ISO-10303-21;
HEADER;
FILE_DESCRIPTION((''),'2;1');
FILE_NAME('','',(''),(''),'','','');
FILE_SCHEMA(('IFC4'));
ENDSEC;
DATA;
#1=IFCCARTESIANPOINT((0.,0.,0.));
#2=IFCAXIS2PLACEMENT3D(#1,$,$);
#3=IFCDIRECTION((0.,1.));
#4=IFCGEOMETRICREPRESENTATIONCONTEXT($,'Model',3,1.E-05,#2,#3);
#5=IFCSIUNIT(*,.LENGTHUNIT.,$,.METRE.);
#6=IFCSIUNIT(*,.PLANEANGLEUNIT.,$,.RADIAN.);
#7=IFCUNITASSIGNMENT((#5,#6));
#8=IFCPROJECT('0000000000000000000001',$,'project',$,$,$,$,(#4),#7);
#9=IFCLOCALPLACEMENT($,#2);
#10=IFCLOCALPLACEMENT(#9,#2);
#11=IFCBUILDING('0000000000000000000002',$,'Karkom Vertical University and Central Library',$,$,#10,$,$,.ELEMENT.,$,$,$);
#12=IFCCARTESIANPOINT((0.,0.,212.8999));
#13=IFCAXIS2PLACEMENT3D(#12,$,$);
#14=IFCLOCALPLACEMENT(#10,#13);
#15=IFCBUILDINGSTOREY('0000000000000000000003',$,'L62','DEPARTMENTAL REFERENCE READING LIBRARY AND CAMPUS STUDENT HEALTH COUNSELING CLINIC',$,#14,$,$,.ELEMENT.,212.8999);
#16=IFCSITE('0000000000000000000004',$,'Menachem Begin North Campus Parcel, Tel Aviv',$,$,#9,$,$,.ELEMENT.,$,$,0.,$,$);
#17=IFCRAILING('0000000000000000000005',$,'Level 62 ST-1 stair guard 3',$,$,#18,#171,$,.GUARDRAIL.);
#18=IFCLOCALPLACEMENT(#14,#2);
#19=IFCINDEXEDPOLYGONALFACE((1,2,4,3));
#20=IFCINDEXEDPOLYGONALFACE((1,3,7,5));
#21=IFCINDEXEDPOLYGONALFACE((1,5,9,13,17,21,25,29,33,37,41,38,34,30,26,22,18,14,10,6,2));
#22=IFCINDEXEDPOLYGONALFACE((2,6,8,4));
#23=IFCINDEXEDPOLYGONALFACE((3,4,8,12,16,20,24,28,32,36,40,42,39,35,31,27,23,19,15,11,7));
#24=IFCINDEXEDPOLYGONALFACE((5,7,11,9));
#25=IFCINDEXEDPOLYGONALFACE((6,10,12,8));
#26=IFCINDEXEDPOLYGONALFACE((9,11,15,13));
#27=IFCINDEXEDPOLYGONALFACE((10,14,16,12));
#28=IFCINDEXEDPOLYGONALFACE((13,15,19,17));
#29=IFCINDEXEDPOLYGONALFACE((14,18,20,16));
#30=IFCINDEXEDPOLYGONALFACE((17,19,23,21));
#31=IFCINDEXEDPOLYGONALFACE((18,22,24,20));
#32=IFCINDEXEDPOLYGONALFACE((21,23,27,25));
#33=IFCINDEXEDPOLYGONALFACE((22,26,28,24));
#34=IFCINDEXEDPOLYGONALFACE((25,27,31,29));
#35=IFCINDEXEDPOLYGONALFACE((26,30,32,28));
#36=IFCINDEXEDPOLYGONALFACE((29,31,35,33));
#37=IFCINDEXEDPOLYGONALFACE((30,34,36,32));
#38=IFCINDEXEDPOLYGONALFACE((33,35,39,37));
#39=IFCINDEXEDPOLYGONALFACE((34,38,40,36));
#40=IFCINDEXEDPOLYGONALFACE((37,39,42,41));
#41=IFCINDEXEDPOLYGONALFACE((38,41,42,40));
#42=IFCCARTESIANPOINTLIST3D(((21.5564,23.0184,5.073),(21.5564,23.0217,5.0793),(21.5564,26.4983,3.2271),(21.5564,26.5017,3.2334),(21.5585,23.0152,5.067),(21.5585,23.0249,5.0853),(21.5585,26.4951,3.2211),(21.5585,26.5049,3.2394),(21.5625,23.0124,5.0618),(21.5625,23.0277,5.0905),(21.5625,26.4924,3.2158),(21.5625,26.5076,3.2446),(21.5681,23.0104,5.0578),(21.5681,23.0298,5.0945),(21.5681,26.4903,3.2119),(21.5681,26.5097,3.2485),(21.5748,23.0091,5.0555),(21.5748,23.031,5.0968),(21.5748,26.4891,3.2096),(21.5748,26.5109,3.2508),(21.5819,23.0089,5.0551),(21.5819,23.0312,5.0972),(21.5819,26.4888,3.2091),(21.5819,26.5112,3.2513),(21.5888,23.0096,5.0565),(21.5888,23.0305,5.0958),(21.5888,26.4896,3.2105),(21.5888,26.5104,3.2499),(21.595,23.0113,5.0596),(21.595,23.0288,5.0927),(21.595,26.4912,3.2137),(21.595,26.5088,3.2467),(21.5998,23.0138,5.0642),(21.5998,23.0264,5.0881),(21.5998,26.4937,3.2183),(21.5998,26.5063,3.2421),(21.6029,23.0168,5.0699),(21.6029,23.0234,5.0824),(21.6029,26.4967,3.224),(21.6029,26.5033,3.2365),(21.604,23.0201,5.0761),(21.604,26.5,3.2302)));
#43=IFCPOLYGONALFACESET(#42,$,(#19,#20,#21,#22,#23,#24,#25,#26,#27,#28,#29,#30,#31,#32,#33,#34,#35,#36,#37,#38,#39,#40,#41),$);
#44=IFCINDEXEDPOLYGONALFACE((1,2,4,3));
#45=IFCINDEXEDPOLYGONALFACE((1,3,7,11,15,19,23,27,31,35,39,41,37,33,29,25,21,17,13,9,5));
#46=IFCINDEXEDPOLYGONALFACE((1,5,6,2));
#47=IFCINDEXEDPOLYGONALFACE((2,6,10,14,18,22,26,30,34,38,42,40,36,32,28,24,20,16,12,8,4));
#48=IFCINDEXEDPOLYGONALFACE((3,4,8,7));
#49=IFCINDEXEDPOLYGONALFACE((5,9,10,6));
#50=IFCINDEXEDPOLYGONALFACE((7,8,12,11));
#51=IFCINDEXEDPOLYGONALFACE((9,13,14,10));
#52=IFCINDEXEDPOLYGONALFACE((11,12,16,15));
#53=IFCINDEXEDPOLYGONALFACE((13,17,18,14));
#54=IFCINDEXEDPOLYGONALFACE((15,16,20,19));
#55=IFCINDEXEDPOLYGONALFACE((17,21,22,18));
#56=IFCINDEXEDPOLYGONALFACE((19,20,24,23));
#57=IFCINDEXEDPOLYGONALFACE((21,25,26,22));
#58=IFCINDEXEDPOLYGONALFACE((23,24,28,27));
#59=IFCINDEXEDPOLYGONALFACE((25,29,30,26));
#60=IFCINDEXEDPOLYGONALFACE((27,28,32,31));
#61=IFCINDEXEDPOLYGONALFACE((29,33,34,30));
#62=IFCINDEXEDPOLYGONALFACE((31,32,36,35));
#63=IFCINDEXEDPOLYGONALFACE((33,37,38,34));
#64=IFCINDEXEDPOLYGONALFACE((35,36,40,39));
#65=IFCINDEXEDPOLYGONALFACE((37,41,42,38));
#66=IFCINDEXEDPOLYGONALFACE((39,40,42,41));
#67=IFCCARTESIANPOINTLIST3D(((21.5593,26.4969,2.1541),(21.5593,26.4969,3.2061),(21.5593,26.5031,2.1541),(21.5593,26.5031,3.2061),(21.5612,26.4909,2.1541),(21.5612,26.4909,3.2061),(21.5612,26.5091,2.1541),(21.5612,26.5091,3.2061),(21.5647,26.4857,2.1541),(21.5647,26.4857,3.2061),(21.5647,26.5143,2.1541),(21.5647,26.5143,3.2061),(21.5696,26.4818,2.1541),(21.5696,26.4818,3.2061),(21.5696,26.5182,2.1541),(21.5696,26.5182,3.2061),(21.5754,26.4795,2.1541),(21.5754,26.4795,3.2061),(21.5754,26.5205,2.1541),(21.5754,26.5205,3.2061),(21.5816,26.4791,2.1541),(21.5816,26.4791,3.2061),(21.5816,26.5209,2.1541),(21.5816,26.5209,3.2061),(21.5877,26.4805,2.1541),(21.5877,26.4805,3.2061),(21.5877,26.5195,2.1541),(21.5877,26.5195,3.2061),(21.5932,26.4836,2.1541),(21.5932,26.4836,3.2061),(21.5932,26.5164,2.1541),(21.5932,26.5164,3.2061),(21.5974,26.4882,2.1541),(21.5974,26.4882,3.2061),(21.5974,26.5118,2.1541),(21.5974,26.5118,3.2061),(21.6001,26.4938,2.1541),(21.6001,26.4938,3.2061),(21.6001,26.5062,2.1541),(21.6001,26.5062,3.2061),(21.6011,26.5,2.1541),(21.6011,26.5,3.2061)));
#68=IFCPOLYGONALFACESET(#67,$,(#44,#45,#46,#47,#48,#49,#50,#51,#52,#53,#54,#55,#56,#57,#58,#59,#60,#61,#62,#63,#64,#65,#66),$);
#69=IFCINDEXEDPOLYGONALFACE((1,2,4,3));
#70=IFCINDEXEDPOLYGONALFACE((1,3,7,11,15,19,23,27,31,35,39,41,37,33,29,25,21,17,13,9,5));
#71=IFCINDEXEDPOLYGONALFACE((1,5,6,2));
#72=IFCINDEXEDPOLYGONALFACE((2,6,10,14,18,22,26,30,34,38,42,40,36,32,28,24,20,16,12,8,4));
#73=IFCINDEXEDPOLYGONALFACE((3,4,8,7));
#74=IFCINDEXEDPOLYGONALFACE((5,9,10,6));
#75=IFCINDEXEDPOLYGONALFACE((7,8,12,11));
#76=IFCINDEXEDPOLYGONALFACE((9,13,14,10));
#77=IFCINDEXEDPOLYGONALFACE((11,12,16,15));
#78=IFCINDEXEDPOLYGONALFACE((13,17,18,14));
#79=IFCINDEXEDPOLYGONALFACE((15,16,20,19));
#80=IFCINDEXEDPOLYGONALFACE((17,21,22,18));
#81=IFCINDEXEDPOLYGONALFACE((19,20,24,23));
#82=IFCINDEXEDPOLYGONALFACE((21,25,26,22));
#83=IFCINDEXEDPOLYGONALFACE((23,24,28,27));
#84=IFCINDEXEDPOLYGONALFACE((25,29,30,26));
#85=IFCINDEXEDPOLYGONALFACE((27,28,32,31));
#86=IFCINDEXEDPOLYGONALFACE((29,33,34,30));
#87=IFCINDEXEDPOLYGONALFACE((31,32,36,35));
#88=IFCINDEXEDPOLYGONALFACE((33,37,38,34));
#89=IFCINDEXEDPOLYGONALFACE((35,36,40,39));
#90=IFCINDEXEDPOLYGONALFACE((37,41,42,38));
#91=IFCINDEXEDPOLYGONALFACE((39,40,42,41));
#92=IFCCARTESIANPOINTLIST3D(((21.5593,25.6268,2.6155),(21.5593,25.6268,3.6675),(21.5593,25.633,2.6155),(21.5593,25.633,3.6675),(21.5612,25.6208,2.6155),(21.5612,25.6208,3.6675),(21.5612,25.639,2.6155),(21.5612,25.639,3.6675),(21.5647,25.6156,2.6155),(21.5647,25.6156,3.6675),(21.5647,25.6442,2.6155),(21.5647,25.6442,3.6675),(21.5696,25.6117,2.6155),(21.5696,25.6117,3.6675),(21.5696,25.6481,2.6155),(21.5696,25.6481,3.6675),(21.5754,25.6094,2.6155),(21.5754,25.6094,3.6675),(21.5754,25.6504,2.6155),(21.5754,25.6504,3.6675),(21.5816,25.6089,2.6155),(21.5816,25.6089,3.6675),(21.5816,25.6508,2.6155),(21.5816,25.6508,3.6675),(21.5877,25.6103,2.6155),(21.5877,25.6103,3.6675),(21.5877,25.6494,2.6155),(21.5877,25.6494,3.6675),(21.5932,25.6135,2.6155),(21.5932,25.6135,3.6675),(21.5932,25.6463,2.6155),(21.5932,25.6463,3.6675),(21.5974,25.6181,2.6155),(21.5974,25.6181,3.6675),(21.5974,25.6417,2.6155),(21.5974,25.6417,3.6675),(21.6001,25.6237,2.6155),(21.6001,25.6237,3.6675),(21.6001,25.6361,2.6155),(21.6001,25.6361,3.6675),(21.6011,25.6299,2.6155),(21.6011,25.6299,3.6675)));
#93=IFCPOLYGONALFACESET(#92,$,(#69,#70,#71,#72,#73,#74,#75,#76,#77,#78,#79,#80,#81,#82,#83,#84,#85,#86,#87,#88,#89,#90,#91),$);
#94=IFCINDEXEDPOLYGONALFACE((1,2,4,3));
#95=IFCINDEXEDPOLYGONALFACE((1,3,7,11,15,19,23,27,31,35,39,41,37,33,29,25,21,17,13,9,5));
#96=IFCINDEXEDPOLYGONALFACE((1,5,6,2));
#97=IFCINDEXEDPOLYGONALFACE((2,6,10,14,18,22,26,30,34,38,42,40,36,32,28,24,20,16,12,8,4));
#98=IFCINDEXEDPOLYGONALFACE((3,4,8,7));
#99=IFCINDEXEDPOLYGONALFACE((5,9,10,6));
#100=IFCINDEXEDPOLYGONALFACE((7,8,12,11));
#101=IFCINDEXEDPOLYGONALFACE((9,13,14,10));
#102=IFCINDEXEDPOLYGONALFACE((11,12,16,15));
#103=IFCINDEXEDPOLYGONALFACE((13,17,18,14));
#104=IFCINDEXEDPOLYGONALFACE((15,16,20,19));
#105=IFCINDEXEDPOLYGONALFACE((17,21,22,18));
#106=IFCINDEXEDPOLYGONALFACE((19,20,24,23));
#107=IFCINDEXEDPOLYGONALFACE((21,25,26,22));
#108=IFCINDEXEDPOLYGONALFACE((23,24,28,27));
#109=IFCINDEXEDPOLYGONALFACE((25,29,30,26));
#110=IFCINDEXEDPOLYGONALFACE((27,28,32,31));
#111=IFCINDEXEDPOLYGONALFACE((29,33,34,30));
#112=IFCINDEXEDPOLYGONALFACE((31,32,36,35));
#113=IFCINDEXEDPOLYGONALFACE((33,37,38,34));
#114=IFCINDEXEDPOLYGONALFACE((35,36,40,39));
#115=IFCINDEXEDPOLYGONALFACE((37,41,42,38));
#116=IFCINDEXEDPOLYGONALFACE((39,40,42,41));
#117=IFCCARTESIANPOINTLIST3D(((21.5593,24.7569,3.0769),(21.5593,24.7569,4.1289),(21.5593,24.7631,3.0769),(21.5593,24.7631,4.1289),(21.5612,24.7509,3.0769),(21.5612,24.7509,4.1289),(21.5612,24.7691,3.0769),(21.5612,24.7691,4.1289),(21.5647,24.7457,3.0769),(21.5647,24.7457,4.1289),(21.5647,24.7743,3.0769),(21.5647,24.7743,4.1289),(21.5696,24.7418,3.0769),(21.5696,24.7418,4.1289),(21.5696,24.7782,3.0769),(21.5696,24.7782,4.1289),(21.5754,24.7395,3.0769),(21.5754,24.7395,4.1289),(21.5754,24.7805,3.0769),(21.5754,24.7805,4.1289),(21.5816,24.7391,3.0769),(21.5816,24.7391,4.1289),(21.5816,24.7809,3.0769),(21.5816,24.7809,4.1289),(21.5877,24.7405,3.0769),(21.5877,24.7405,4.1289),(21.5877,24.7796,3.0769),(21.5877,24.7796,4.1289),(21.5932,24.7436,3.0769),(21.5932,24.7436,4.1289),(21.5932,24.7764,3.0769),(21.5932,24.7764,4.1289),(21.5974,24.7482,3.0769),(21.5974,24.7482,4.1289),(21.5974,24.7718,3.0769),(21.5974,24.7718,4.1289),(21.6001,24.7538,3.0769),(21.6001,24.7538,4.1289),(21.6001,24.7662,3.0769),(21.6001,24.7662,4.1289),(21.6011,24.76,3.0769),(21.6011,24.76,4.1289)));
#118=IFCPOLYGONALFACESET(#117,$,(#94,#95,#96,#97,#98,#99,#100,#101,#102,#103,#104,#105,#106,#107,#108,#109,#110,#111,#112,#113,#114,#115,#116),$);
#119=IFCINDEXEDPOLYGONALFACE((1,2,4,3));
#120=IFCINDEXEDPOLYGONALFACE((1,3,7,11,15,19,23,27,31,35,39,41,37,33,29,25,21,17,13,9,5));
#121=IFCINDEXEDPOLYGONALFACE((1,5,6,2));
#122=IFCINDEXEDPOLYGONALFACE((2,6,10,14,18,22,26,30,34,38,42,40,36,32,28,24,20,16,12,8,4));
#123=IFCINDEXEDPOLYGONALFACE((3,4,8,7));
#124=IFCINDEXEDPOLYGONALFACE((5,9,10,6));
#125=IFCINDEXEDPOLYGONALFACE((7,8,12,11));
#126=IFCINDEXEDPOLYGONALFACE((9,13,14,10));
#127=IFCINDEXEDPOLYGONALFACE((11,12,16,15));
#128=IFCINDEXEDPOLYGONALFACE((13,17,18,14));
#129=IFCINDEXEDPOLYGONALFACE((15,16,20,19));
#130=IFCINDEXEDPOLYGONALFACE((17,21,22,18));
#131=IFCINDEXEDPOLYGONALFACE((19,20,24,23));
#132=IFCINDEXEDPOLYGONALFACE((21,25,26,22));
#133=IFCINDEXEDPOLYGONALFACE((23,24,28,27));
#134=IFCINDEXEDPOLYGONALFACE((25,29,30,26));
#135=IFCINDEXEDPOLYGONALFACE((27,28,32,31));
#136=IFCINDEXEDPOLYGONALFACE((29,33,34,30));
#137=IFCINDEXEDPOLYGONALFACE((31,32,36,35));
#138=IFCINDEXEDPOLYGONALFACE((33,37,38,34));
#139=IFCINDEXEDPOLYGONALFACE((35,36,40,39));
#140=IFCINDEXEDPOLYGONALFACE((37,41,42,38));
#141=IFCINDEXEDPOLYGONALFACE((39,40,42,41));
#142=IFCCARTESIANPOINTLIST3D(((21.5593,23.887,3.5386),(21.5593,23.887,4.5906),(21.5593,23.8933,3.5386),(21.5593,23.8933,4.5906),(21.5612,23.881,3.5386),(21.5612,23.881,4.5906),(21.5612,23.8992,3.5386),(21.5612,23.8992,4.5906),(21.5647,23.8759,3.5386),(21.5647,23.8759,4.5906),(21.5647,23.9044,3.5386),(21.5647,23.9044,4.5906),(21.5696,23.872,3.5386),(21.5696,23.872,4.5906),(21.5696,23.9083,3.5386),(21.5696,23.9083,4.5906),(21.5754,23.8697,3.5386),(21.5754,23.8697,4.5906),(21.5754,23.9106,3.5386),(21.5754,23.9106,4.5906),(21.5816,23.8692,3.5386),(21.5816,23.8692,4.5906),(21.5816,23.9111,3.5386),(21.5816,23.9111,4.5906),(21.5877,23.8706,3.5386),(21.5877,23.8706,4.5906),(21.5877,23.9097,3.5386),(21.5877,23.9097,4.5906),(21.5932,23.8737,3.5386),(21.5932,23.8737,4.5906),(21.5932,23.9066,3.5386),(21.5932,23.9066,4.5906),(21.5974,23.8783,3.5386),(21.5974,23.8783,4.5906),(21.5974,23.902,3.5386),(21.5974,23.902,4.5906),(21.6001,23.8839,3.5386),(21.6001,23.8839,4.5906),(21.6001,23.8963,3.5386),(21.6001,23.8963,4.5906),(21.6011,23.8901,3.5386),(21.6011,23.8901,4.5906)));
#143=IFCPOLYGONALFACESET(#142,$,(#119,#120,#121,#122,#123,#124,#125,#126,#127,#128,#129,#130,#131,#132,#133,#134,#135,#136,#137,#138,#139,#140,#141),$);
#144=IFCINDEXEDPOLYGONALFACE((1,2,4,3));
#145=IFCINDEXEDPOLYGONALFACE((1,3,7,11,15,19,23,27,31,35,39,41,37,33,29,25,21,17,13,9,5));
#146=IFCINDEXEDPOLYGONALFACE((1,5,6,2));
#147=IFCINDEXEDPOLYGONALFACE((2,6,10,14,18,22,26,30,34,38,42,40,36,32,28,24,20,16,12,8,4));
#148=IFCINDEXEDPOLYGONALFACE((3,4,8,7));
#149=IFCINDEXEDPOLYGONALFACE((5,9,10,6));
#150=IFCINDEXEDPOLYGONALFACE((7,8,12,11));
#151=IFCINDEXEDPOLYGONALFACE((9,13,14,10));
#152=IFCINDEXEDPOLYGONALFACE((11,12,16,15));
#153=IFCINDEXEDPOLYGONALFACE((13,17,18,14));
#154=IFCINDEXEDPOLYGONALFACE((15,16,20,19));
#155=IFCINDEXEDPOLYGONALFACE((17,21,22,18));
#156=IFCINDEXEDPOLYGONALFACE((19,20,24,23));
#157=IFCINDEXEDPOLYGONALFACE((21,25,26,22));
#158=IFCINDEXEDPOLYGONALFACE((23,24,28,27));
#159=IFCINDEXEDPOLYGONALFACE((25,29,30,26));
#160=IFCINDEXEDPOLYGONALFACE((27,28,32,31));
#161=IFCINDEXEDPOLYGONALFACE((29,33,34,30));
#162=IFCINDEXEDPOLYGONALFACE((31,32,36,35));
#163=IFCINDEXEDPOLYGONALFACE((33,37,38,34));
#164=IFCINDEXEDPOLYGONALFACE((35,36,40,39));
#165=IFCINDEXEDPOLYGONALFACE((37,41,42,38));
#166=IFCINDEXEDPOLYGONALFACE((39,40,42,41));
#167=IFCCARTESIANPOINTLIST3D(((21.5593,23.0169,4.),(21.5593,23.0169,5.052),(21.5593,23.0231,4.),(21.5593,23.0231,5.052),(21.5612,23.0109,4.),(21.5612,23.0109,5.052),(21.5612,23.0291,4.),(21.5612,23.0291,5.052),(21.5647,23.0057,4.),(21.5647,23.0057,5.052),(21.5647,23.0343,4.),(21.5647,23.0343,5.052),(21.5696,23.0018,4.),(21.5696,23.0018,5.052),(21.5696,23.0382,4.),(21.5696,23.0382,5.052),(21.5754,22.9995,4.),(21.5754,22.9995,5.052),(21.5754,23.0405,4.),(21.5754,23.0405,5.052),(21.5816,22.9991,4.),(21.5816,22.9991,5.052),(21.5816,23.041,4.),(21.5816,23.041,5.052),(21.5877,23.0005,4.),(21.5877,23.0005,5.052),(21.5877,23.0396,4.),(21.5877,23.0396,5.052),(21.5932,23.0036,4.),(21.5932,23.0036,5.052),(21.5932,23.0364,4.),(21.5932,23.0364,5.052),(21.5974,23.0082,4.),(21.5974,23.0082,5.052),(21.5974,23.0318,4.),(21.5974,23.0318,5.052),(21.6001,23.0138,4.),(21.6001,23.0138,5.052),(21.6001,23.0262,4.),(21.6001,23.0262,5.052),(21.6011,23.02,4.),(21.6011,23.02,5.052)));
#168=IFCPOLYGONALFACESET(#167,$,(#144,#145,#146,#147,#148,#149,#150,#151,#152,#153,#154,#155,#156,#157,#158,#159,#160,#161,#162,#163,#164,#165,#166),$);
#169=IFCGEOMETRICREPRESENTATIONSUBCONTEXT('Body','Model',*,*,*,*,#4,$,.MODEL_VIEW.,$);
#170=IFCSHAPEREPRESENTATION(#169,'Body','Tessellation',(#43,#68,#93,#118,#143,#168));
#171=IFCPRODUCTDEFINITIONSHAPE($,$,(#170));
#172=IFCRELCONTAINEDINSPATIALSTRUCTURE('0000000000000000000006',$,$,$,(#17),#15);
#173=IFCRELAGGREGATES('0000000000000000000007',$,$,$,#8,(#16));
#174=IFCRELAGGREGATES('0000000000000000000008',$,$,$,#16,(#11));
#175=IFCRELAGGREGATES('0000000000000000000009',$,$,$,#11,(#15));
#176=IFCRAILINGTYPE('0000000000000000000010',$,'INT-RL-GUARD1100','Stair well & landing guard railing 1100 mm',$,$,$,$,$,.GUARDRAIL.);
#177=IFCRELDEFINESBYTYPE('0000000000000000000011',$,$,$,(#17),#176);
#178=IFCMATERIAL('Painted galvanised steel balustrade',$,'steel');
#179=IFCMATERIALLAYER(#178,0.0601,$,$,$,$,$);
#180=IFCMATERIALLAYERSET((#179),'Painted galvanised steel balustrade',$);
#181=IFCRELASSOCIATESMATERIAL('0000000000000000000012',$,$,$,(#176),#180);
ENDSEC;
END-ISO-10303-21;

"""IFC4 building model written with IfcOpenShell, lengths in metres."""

from ifc_helpers import new_model, si_unit, direction, frame, origin, origin_2d, place, context, subcontext, project, spatial, circle, extrude, material, layer, layer_set, type_object, element, save


model = new_model("IFC4")

# Units and contexts
model_context = context("Model", 3, precision=1e-05, world=origin(), true_north=direction((0.0, 1.0)))
body_context = subcontext(model_context, "Body", "Model", "MODEL_VIEW")
ifc_project = project(units=[si_unit("LENGTHUNIT", "METRE"), si_unit("PLANEANGLEUNIT", "RADIAN")], contexts=[model_context])

# Site, building, storey
site_placement = place(None, origin())
site = spatial("IfcSite", under=ifc_project, at=site_placement, Name="Menachem Begin North Campus Parcel, Tel Aviv", CompositionType="ELEMENT", RefElevation=0.0)
building_placement = place(site_placement, origin())
building = spatial("IfcBuilding", under=site, at=building_placement, Name="Karkom Vertical University and Central Library", CompositionType="ELEMENT")
storey_placement = place(building_placement, frame((0.0, 0.0, 212.8999)))
storey = spatial("IfcBuildingStorey", under=building, at=storey_placement, Name="L62", Description="DEPARTMENTAL REFERENCE READING LIBRARY AND CAMPUS STUDENT HEALTH COUNSELING CLINIC", CompositionType="ELEMENT", Elevation=212.8999)

# Railing
ifc_material_1 = material(Name="Painted galvanised steel balustrade", Category="steel")
ifc_layer_1 = layer(ifc_material_1, 0.0601)
ifc_layer_set_1 = layer_set([ifc_layer_1], Name="Painted galvanised steel balustrade")
railing_type_1 = type_object("IfcRailingType", Name="INT-RL-GUARD1100", Description="Stair well & landing guard railing 1100 mm", PredefinedType="GUARDRAIL", material=ifc_layer_set_1)
railing_1_placement = place(storey_placement, frame((21.5801, 26.5, 2.1541)))
element("IfcRailing", 1, at=railing_1_placement, inside=storey, type_object=railing_type_1, Name="Level 62 ST-1 stair guard 3", PredefinedType="GUARDRAIL", context=body_context, shape_type="SweptSolid", body=[
    extrude(circle(Radius=0.0239, at=origin_2d()), frame((0.0, 0.0, 1.0762), z_axis=(0.0, -0.883409, 0.468602), x_axis=(1.0, 0.0, 0.0)), (0.0, 0.0, 1.0), 3.9392),
    extrude(circle(Radius=0.021, at=origin_2d()), origin(), (0.0, 0.0, 1.0), 1.052),
    extrude(circle(Radius=0.021, at=origin_2d()), frame((0.0, -0.8701, 0.4614)), (0.0, 0.0, 1.0), 1.052),
    extrude(circle(Radius=0.021, at=origin_2d()), frame((0.0, -1.74, 0.9229)), (0.0, 0.0, 1.0), 1.052),
    extrude(circle(Radius=0.021, at=origin_2d()), frame((0.0, -2.6099, 1.3845)), (0.0, 0.0, 1.0), 1.052),
    extrude(circle(Radius=0.021, at=origin_2d()), frame((0.0, -3.48, 1.8459)), (0.0, 0.0, 1.0), 1.052),
])

save(model, "model.ifc")
